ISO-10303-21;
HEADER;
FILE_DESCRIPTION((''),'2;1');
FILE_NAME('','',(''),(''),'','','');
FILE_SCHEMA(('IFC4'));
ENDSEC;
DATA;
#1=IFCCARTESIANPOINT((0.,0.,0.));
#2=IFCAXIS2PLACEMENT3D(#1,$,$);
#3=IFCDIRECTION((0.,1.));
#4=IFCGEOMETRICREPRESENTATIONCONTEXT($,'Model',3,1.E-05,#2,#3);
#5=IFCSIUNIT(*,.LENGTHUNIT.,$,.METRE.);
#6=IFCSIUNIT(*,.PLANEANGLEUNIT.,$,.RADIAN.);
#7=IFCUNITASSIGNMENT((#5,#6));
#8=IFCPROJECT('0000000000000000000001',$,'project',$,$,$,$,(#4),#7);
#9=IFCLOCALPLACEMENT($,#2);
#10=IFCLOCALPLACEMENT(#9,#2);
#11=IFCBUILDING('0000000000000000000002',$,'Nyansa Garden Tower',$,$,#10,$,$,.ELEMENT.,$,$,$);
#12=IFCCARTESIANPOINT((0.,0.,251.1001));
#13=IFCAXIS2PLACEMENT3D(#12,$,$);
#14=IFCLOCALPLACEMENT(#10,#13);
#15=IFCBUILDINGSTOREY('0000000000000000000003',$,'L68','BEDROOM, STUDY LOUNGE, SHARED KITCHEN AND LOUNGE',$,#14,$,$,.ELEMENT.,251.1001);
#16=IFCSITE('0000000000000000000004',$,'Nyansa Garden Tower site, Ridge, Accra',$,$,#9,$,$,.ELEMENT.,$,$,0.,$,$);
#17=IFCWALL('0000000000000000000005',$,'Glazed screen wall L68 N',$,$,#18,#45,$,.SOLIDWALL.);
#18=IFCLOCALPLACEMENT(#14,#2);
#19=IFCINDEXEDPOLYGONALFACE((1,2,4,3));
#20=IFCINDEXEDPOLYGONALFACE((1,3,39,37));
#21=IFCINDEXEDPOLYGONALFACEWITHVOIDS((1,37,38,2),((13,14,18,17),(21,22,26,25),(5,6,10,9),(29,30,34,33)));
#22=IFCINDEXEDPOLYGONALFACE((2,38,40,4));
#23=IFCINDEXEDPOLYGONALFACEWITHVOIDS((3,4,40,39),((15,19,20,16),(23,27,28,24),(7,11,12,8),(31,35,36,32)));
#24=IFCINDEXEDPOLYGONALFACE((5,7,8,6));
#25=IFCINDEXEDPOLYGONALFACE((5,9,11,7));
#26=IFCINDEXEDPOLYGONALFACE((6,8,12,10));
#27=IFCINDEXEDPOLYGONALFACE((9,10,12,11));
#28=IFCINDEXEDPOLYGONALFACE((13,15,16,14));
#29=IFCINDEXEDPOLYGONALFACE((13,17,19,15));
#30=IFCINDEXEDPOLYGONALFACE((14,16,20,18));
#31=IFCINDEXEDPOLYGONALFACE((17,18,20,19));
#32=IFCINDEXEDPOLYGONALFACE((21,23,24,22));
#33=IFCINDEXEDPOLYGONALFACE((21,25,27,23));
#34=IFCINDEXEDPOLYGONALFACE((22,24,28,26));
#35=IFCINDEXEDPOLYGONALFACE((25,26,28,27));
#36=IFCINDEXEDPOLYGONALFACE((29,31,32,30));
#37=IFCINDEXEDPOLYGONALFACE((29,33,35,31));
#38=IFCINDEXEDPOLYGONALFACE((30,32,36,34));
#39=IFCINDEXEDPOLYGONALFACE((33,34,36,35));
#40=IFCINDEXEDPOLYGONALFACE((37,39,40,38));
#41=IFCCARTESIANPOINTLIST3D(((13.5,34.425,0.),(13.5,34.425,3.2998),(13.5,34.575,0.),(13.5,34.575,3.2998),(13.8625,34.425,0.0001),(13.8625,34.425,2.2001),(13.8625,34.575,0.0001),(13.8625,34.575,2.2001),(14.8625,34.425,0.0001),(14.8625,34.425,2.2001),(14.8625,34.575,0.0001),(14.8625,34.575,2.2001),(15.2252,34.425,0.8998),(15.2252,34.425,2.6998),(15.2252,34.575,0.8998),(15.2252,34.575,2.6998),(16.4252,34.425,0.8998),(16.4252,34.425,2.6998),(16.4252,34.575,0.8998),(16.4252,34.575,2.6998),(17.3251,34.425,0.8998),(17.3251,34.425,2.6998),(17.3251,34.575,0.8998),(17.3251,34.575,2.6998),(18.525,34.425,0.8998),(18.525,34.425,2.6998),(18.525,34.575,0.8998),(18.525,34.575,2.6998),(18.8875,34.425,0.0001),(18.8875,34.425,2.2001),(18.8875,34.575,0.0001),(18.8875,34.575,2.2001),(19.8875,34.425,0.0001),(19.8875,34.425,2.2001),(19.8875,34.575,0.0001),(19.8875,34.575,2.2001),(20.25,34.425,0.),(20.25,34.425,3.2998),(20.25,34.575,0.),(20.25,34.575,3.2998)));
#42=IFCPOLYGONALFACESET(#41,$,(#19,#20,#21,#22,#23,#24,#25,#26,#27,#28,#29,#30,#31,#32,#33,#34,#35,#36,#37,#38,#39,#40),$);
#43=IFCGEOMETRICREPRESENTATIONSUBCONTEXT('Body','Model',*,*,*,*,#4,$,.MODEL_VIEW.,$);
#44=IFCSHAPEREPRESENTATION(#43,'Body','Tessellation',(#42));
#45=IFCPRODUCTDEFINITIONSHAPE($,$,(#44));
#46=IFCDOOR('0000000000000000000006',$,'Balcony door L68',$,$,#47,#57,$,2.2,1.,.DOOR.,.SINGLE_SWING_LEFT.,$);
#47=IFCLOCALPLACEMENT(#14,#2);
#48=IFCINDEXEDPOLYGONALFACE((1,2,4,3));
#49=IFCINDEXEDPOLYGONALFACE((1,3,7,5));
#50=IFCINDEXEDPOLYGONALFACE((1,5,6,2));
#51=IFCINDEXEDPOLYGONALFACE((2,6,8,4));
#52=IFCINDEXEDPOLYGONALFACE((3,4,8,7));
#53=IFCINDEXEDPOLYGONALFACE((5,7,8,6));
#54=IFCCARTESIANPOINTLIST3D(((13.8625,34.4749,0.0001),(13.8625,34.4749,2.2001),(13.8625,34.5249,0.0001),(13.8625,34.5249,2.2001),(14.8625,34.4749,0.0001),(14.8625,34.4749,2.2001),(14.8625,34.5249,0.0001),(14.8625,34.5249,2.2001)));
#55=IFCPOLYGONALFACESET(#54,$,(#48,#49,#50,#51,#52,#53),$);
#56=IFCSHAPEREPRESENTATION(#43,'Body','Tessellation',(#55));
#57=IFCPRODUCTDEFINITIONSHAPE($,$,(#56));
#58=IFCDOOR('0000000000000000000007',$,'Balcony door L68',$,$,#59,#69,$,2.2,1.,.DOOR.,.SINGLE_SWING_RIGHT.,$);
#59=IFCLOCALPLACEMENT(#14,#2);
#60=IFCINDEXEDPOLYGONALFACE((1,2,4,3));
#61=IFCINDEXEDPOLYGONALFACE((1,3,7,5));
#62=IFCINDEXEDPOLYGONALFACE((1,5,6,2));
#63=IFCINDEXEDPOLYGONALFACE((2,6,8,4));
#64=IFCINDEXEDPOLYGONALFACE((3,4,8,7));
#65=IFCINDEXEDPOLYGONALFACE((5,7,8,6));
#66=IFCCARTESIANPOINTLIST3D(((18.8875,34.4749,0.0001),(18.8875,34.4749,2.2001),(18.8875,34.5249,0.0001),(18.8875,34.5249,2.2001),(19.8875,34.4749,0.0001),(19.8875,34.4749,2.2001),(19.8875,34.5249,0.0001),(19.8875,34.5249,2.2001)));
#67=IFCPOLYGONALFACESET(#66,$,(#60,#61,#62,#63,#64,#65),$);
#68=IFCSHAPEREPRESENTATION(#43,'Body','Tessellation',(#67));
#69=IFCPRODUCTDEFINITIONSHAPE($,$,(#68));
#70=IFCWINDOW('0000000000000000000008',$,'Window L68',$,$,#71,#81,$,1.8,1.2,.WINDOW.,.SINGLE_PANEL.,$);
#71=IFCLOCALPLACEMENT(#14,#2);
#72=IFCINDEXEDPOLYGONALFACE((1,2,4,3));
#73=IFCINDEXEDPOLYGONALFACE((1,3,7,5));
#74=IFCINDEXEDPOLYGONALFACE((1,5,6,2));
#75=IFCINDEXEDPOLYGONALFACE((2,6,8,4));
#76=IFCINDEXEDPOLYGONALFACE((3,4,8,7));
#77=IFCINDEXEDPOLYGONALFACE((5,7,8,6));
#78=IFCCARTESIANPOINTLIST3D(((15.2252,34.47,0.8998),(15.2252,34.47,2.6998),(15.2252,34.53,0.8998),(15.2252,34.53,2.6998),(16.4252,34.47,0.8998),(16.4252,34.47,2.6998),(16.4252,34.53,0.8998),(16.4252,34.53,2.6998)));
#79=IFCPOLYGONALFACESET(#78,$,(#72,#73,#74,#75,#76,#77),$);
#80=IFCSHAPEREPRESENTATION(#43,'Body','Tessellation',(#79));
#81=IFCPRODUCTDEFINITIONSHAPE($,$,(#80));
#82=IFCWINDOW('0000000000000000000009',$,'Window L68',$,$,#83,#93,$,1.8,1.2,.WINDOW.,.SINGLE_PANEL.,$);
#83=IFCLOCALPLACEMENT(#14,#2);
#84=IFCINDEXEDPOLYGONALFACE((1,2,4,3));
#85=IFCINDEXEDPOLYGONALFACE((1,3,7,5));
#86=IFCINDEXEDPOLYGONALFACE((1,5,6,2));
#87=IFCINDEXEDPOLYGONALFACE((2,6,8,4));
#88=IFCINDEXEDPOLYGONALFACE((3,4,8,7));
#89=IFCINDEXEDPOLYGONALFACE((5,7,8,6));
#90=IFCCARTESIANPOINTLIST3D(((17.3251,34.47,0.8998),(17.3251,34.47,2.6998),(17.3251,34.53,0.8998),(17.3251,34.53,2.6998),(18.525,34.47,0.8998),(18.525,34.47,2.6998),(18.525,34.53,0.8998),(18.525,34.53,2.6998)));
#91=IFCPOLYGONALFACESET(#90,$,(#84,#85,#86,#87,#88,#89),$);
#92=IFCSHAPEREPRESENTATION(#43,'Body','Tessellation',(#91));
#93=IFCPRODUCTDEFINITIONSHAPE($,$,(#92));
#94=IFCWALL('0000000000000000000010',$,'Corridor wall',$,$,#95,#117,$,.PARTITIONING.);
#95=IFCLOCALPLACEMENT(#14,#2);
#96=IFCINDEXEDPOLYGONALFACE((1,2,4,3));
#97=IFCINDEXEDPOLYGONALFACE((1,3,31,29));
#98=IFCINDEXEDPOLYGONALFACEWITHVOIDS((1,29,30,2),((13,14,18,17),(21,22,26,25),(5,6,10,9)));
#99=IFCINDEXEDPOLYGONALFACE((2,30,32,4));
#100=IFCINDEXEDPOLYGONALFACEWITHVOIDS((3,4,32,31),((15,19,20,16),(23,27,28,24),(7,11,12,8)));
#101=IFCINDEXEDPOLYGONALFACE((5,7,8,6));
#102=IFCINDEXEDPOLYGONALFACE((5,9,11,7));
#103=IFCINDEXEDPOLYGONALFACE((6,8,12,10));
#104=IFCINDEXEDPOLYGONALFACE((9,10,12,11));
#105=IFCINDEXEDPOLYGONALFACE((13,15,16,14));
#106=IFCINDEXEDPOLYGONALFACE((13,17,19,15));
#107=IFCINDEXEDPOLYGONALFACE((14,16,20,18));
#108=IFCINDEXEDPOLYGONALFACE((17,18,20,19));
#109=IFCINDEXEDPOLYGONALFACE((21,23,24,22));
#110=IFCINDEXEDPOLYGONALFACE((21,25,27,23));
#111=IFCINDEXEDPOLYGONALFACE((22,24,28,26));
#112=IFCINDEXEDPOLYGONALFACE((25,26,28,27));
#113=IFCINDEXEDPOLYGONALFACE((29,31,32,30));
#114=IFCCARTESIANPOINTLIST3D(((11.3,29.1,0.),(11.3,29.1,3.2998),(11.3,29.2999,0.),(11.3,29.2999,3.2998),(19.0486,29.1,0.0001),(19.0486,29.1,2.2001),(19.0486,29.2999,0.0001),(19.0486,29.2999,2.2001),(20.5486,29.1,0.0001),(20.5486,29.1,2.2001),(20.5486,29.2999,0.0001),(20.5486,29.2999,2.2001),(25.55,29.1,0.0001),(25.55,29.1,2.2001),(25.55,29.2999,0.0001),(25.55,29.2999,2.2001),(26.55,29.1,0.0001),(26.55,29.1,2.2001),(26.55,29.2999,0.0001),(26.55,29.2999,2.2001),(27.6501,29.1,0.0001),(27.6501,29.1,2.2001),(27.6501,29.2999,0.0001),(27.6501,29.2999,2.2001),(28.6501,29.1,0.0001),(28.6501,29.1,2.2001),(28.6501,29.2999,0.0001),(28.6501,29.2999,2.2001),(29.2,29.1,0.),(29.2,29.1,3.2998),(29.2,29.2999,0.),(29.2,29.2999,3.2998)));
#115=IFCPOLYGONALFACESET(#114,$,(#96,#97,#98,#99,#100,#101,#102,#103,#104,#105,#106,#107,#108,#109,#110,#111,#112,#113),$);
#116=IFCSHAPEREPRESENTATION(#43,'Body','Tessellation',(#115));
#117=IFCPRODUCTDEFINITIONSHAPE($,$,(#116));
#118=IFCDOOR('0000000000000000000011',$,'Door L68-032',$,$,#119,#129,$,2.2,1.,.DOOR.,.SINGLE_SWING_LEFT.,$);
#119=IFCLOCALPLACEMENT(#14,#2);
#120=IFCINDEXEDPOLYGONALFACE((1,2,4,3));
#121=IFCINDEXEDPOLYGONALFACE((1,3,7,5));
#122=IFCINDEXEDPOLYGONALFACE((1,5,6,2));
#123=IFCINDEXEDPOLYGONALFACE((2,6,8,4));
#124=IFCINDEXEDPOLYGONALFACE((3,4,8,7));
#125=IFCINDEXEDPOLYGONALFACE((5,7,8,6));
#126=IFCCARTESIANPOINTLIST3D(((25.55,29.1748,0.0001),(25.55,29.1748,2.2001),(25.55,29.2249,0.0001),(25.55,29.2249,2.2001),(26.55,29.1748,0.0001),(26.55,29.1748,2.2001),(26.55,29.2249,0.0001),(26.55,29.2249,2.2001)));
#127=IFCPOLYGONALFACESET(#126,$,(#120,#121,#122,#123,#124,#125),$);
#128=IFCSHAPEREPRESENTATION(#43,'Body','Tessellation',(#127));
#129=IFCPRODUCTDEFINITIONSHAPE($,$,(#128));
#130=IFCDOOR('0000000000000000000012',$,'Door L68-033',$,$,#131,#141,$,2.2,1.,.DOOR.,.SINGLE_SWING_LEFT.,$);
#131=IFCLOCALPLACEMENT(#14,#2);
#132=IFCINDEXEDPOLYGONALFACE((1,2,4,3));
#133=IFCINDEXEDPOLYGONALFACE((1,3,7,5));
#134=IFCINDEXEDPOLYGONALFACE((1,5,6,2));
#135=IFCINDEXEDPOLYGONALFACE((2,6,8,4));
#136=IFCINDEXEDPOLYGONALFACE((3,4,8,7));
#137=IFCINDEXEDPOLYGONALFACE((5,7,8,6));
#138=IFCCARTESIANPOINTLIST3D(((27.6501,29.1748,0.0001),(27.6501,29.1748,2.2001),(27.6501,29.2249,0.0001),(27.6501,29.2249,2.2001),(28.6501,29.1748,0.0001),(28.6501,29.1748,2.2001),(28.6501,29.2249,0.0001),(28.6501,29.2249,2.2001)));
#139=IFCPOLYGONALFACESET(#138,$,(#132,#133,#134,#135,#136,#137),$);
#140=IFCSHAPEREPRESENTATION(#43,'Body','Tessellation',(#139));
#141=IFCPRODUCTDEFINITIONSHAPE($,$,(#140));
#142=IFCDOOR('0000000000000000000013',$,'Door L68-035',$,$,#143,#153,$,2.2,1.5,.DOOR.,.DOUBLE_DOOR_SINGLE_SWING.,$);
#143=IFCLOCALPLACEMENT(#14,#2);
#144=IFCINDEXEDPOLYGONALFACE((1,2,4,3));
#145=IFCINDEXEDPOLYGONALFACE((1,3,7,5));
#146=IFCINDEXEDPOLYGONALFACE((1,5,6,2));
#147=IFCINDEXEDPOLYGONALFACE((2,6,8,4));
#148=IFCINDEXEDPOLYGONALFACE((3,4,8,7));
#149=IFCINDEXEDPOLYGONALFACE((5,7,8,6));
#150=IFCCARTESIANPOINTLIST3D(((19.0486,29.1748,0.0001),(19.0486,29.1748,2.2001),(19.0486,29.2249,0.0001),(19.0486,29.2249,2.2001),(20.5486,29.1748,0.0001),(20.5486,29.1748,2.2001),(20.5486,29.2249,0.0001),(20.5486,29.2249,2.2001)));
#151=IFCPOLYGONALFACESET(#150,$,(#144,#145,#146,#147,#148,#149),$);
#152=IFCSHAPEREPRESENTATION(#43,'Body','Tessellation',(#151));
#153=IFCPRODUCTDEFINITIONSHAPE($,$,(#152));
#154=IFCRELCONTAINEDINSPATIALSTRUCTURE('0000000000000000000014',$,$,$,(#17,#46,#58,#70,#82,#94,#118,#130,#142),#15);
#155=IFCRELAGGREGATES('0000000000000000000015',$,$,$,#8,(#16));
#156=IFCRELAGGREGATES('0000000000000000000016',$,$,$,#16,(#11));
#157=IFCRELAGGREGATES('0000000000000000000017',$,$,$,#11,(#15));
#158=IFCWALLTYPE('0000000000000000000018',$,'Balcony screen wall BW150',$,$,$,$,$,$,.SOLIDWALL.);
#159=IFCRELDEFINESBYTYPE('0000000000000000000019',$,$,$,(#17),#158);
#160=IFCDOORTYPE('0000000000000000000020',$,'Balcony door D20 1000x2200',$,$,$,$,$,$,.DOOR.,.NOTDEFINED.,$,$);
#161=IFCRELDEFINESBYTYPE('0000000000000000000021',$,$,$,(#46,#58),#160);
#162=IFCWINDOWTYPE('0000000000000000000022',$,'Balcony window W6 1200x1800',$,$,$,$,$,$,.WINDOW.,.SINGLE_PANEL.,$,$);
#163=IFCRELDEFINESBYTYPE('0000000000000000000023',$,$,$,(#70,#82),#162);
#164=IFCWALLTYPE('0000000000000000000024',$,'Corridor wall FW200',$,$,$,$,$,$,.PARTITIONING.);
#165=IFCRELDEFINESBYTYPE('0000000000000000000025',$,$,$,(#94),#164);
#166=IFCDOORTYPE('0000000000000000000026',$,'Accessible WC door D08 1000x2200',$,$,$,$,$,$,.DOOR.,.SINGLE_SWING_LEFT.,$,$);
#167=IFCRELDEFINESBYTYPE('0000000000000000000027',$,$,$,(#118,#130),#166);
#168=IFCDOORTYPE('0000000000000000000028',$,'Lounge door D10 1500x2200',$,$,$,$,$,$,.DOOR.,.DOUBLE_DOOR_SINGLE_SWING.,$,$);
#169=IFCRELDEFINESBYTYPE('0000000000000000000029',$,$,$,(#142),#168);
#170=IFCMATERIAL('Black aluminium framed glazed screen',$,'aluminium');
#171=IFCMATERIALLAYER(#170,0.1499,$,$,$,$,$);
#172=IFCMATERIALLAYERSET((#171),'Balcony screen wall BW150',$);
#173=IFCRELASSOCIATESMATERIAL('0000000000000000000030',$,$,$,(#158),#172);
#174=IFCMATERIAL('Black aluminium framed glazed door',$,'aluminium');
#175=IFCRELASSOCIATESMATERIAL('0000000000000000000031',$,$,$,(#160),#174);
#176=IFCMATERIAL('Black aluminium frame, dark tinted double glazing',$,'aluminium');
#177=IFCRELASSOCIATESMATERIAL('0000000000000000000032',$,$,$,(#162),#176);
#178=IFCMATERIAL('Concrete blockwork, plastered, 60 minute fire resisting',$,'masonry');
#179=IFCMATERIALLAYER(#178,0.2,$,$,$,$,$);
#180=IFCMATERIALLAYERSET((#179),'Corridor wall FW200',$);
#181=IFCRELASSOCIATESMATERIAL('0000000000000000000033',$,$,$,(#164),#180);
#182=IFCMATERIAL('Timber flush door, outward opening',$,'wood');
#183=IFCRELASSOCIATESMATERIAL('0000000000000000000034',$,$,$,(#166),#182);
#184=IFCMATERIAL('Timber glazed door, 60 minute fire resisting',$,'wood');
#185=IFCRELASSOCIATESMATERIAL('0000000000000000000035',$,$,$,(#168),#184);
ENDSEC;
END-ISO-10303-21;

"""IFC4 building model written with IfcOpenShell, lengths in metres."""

from ifc_helpers import new_model, si_unit, direction, frame, frame_2d, origin, place, context, subcontext, project, spatial, rectangle, extrude, material, layer, layer_set, type_object, element, fill, save


model = new_model("IFC4")

# Units and contexts
model_context = context("Model", 3, precision=1e-05, world=origin(), true_north=direction((0.0, 1.0)))
body_context = subcontext(model_context, "Body", "Model", "MODEL_VIEW")
ifc_project = project(units=[si_unit("LENGTHUNIT", "METRE"), si_unit("PLANEANGLEUNIT", "RADIAN")], contexts=[model_context])

# Site, building, storey
site_placement = place(None, origin())
site = spatial("IfcSite", under=ifc_project, at=site_placement, Name="Nyansa Garden Tower site, Ridge, Accra", CompositionType="ELEMENT", RefElevation=0.0)
building_placement = place(site_placement, origin())
building = spatial("IfcBuilding", under=site, at=building_placement, Name="Nyansa Garden Tower", CompositionType="ELEMENT")
storey_placement = place(building_placement, frame((0.0, 0.0, 251.1001)))
storey = spatial("IfcBuildingStorey", under=building, at=storey_placement, Name="L68", Description="BEDROOM, STUDY LOUNGE, SHARED KITCHEN AND LOUNGE", CompositionType="ELEMENT", Elevation=251.1001)

# Wall, openings, doors, windows
ifc_material_1 = material(Name="Black aluminium framed glazed screen", Category="aluminium")
ifc_layer_1 = layer(ifc_material_1, 0.1499)
ifc_layer_set_1 = layer_set([ifc_layer_1], Name="Balcony screen wall BW150")
wall_type_1 = type_object("IfcWallType", Name="Balcony screen wall BW150", PredefinedType="SOLIDWALL", material=ifc_layer_set_1)
wall_1_placement = place(storey_placement, frame((13.5, 34.5, 0.0), z_axis=(0.0, 0.0, 1.0), x_axis=(1.0, 0.0, 0.0)))
wall_1 = element("IfcWall", 1, at=wall_1_placement, inside=storey, type_object=wall_type_1, Name="Glazed screen wall L68 N", PredefinedType="SOLIDWALL", context=body_context, shape_type="SweptSolid", body=[
    extrude(rectangle(XDim=6.75, YDim=0.1499, at=frame_2d((3.375, 0.0))), origin(), (0.0, 0.0, 1.0), 3.2998),
])
opening_1_placement = place(wall_1_placement, frame((0.3625, 0.0, 0.0)))
opening_1 = element("IfcOpeningElement", 2, at=opening_1_placement, cuts=wall_1, PredefinedType="OPENING", context=body_context, shape_type="SweptSolid", body=[
    extrude(rectangle(XDim=1.0, YDim=2.2, at=frame_2d((0.5, 1.1001))), frame((0.0, 0.085, 0.0), z_axis=(0.0, -1.0, 0.0), x_axis=(1.0, 0.0, 0.0)), (0.0, 0.0, 1.0), 0.1699),
])
opening_2_placement = place(wall_1_placement, frame((1.7251, 0.0, 0.8999)))
opening_2 = element("IfcOpeningElement", 3, at=opening_2_placement, cuts=wall_1, PredefinedType="OPENING", context=body_context, shape_type="SweptSolid", body=[
    extrude(rectangle(XDim=1.2, YDim=1.8, at=frame_2d((0.6001, 0.8999))), frame((0.0, 0.085, 0.0), z_axis=(0.0, -1.0, 0.0), x_axis=(1.0, 0.0, 0.0)), (0.0, 0.0, 1.0), 0.1699),
])
opening_3_placement = place(wall_1_placement, frame((5.3875, 0.0, 0.0)))
opening_3 = element("IfcOpeningElement", 4, at=opening_3_placement, cuts=wall_1, PredefinedType="OPENING", context=body_context, shape_type="SweptSolid", body=[
    extrude(rectangle(XDim=1.0, YDim=2.2, at=frame_2d((0.5, 1.1001))), frame((0.0, 0.085, 0.0), z_axis=(0.0, -1.0, 0.0), x_axis=(1.0, 0.0, 0.0)), (0.0, 0.0, 1.0), 0.1699),
])
opening_4_placement = place(wall_1_placement, frame((3.825, 0.0, 0.8999)))
opening_4 = element("IfcOpeningElement", 5, at=opening_4_placement, cuts=wall_1, PredefinedType="OPENING", context=body_context, shape_type="SweptSolid", body=[
    extrude(rectangle(XDim=1.2, YDim=1.8, at=frame_2d((0.6001, 0.8999))), frame((0.0, 0.085, 0.0), z_axis=(0.0, -1.0, 0.0), x_axis=(1.0, 0.0, 0.0)), (0.0, 0.0, 1.0), 0.1699),
])
ifc_material_2 = material(Name="Black aluminium framed glazed door", Category="aluminium")
door_type_1 = type_object("IfcDoorType", Name="Balcony door D20 1000x2200", OperationType="NOTDEFINED", PredefinedType="DOOR", material=ifc_material_2)
door_1_placement = place(opening_1_placement, origin())
door_1 = element("IfcDoor", 6, at=door_1_placement, inside=storey, type_object=door_type_1, Name="Balcony door L68", OperationType="SINGLE_SWING_LEFT", OverallHeight=2.2, OverallWidth=1.0, PredefinedType="DOOR", context=body_context, shape_type="SweptSolid", body=[
    extrude(rectangle(XDim=1.0, YDim=2.2, at=frame_2d((0.5, 1.1001))), frame((0.0, 0.0249, 0.0), z_axis=(0.0, -1.0, 0.0), x_axis=(1.0, 0.0, 0.0)), (0.0, 0.0, 1.0), 0.05),
])
fill(opening_1, door_1)
door_2_placement = place(opening_3_placement, origin())
door_2 = element("IfcDoor", 7, at=door_2_placement, inside=storey, type_object=door_type_1, Name="Balcony door L68", OperationType="SINGLE_SWING_RIGHT", OverallHeight=2.2, OverallWidth=1.0, PredefinedType="DOOR", context=body_context, shape_type="SweptSolid", body=[
    extrude(rectangle(XDim=1.0, YDim=2.2, at=frame_2d((0.5, 1.1001))), frame((0.0, 0.0249, 0.0), z_axis=(0.0, -1.0, 0.0), x_axis=(1.0, 0.0, 0.0)), (0.0, 0.0, 1.0), 0.05),
])
fill(opening_3, door_2)
ifc_material_3 = material(Name="Black aluminium frame, dark tinted double glazing", Category="aluminium")
window_type = type_object("IfcWindowType", Name="Balcony window W6 1200x1800", PartitioningType="SINGLE_PANEL", PredefinedType="WINDOW", material=ifc_material_3)
window_1_placement = place(opening_2_placement, origin())
window_1 = element("IfcWindow", 8, at=window_1_placement, inside=storey, type_object=window_type, Name="Window L68", OverallHeight=1.8, OverallWidth=1.2, PartitioningType="SINGLE_PANEL", PredefinedType="WINDOW", context=body_context, shape_type="SweptSolid", body=[
    extrude(rectangle(XDim=1.2, YDim=1.8, at=frame_2d((0.6001, 0.8999))), frame((0.0, 0.03, 0.0), z_axis=(0.0, -1.0, 0.0), x_axis=(1.0, 0.0, 0.0)), (0.0, 0.0, 1.0), 0.0601),
])
fill(opening_2, window_1)
window_2_placement = place(opening_4_placement, origin())
window_2 = element("IfcWindow", 9, at=window_2_placement, inside=storey, type_object=window_type, Name="Window L68", OverallHeight=1.8, OverallWidth=1.2, PartitioningType="SINGLE_PANEL", PredefinedType="WINDOW", context=body_context, shape_type="SweptSolid", body=[
    extrude(rectangle(XDim=1.2, YDim=1.8, at=frame_2d((0.6001, 0.8999))), frame((0.0, 0.03, 0.0), z_axis=(0.0, -1.0, 0.0), x_axis=(1.0, 0.0, 0.0)), (0.0, 0.0, 1.0), 0.0601),
])
fill(opening_4, window_2)

# Wall, openings, doors
ifc_material_4 = material(Name="Concrete blockwork, plastered, 60 minute fire resisting", Category="masonry")
ifc_layer_2 = layer(ifc_material_4, 0.2)
ifc_layer_set_2 = layer_set([ifc_layer_2], Name="Corridor wall FW200")
wall_type_2 = type_object("IfcWallType", Name="Corridor wall FW200", PredefinedType="PARTITIONING", material=ifc_layer_set_2)
wall_2_placement = place(storey_placement, frame((11.3, 29.2, 0.0), z_axis=(0.0, 0.0, 1.0), x_axis=(1.0, 0.0, 0.0)))
wall_2 = element("IfcWall", 10, at=wall_2_placement, inside=storey, type_object=wall_type_2, Name="Corridor wall", PredefinedType="PARTITIONING", context=body_context, shape_type="SweptSolid", body=[
    extrude(rectangle(XDim=17.8999, YDim=0.2, at=frame_2d((8.95, 0.0))), origin(), (0.0, 0.0, 1.0), 3.2998),
])
opening_5_placement = place(wall_2_placement, frame((14.25, 0.0, 0.0)))
opening_5 = element("IfcOpeningElement", 11, at=opening_5_placement, cuts=wall_2, PredefinedType="OPENING", context=body_context, shape_type="SweptSolid", body=[
    extrude(rectangle(XDim=1.0, YDim=2.2, at=frame_2d((0.5, 1.1001))), frame((0.0, 0.1099, 0.0), z_axis=(0.0, -1.0, 0.0), x_axis=(1.0, 0.0, 0.0)), (0.0, 0.0, 1.0), 0.22),
])
opening_6_placement = place(wall_2_placement, frame((16.3501, 0.0, 0.0)))
opening_6 = element("IfcOpeningElement", 12, at=opening_6_placement, cuts=wall_2, PredefinedType="OPENING", context=body_context, shape_type="SweptSolid", body=[
    extrude(rectangle(XDim=1.0, YDim=2.2, at=frame_2d((0.5, 1.1001))), frame((0.0, 0.1099, 0.0), z_axis=(0.0, -1.0, 0.0), x_axis=(1.0, 0.0, 0.0)), (0.0, 0.0, 1.0), 0.22),
])
opening_7_placement = place(wall_2_placement, frame((7.7485, 0.0, 0.0)))
opening_7 = element("IfcOpeningElement", 13, at=opening_7_placement, cuts=wall_2, PredefinedType="OPENING", context=body_context, shape_type="SweptSolid", body=[
    extrude(rectangle(XDim=1.5, YDim=2.2, at=frame_2d((0.75, 1.1001))), frame((0.0, 0.1099, 0.0), z_axis=(0.0, -1.0, 0.0), x_axis=(1.0, 0.0, 0.0)), (0.0, 0.0, 1.0), 0.22),
])
ifc_material_5 = material(Name="Timber flush door, outward opening", Category="wood")
door_type_2 = type_object("IfcDoorType", Name="Accessible WC door D08 1000x2200", OperationType="SINGLE_SWING_LEFT", PredefinedType="DOOR", material=ifc_material_5)
door_3_placement = place(opening_5_placement, origin())
door_3 = element("IfcDoor", 14, at=door_3_placement, inside=storey, type_object=door_type_2, Name="Door L68-032", OperationType="SINGLE_SWING_LEFT", OverallHeight=2.2, OverallWidth=1.0, PredefinedType="DOOR", context=body_context, shape_type="SweptSolid", body=[
    extrude(rectangle(XDim=1.0, YDim=2.2, at=frame_2d((0.5, 1.1001))), frame((0.0, 0.0249, 0.0), z_axis=(0.0, -1.0, 0.0), x_axis=(1.0, 0.0, 0.0)), (0.0, 0.0, 1.0), 0.05),
])
fill(opening_5, door_3)
door_4_placement = place(opening_6_placement, origin())
door_4 = element("IfcDoor", 15, at=door_4_placement, inside=storey, type_object=door_type_2, Name="Door L68-033", OperationType="SINGLE_SWING_LEFT", OverallHeight=2.2, OverallWidth=1.0, PredefinedType="DOOR", context=body_context, shape_type="SweptSolid", body=[
    extrude(rectangle(XDim=1.0, YDim=2.2, at=frame_2d((0.5, 1.1001))), frame((0.0, 0.0249, 0.0), z_axis=(0.0, -1.0, 0.0), x_axis=(1.0, 0.0, 0.0)), (0.0, 0.0, 1.0), 0.05),
])
fill(opening_6, door_4)
ifc_material_6 = material(Name="Timber glazed door, 60 minute fire resisting", Category="wood")
door_type_3 = type_object("IfcDoorType", Name="Lounge door D10 1500x2200", OperationType="DOUBLE_DOOR_SINGLE_SWING", PredefinedType="DOOR", material=ifc_material_6)
door_5_placement = place(opening_7_placement, origin())
door_5 = element("IfcDoor", 16, at=door_5_placement, inside=storey, type_object=door_type_3, Name="Door L68-035", OperationType="DOUBLE_DOOR_SINGLE_SWING", OverallHeight=2.2, OverallWidth=1.5, PredefinedType="DOOR", context=body_context, shape_type="SweptSolid", body=[
    extrude(rectangle(XDim=1.5, YDim=2.2, at=frame_2d((0.75, 1.1001))), frame((0.0, 0.0249, 0.0), z_axis=(0.0, -1.0, 0.0), x_axis=(1.0, 0.0, 0.0)), (0.0, 0.0, 1.0), 0.05),
])
fill(opening_7, door_5)

save(model, "model.ifc")
